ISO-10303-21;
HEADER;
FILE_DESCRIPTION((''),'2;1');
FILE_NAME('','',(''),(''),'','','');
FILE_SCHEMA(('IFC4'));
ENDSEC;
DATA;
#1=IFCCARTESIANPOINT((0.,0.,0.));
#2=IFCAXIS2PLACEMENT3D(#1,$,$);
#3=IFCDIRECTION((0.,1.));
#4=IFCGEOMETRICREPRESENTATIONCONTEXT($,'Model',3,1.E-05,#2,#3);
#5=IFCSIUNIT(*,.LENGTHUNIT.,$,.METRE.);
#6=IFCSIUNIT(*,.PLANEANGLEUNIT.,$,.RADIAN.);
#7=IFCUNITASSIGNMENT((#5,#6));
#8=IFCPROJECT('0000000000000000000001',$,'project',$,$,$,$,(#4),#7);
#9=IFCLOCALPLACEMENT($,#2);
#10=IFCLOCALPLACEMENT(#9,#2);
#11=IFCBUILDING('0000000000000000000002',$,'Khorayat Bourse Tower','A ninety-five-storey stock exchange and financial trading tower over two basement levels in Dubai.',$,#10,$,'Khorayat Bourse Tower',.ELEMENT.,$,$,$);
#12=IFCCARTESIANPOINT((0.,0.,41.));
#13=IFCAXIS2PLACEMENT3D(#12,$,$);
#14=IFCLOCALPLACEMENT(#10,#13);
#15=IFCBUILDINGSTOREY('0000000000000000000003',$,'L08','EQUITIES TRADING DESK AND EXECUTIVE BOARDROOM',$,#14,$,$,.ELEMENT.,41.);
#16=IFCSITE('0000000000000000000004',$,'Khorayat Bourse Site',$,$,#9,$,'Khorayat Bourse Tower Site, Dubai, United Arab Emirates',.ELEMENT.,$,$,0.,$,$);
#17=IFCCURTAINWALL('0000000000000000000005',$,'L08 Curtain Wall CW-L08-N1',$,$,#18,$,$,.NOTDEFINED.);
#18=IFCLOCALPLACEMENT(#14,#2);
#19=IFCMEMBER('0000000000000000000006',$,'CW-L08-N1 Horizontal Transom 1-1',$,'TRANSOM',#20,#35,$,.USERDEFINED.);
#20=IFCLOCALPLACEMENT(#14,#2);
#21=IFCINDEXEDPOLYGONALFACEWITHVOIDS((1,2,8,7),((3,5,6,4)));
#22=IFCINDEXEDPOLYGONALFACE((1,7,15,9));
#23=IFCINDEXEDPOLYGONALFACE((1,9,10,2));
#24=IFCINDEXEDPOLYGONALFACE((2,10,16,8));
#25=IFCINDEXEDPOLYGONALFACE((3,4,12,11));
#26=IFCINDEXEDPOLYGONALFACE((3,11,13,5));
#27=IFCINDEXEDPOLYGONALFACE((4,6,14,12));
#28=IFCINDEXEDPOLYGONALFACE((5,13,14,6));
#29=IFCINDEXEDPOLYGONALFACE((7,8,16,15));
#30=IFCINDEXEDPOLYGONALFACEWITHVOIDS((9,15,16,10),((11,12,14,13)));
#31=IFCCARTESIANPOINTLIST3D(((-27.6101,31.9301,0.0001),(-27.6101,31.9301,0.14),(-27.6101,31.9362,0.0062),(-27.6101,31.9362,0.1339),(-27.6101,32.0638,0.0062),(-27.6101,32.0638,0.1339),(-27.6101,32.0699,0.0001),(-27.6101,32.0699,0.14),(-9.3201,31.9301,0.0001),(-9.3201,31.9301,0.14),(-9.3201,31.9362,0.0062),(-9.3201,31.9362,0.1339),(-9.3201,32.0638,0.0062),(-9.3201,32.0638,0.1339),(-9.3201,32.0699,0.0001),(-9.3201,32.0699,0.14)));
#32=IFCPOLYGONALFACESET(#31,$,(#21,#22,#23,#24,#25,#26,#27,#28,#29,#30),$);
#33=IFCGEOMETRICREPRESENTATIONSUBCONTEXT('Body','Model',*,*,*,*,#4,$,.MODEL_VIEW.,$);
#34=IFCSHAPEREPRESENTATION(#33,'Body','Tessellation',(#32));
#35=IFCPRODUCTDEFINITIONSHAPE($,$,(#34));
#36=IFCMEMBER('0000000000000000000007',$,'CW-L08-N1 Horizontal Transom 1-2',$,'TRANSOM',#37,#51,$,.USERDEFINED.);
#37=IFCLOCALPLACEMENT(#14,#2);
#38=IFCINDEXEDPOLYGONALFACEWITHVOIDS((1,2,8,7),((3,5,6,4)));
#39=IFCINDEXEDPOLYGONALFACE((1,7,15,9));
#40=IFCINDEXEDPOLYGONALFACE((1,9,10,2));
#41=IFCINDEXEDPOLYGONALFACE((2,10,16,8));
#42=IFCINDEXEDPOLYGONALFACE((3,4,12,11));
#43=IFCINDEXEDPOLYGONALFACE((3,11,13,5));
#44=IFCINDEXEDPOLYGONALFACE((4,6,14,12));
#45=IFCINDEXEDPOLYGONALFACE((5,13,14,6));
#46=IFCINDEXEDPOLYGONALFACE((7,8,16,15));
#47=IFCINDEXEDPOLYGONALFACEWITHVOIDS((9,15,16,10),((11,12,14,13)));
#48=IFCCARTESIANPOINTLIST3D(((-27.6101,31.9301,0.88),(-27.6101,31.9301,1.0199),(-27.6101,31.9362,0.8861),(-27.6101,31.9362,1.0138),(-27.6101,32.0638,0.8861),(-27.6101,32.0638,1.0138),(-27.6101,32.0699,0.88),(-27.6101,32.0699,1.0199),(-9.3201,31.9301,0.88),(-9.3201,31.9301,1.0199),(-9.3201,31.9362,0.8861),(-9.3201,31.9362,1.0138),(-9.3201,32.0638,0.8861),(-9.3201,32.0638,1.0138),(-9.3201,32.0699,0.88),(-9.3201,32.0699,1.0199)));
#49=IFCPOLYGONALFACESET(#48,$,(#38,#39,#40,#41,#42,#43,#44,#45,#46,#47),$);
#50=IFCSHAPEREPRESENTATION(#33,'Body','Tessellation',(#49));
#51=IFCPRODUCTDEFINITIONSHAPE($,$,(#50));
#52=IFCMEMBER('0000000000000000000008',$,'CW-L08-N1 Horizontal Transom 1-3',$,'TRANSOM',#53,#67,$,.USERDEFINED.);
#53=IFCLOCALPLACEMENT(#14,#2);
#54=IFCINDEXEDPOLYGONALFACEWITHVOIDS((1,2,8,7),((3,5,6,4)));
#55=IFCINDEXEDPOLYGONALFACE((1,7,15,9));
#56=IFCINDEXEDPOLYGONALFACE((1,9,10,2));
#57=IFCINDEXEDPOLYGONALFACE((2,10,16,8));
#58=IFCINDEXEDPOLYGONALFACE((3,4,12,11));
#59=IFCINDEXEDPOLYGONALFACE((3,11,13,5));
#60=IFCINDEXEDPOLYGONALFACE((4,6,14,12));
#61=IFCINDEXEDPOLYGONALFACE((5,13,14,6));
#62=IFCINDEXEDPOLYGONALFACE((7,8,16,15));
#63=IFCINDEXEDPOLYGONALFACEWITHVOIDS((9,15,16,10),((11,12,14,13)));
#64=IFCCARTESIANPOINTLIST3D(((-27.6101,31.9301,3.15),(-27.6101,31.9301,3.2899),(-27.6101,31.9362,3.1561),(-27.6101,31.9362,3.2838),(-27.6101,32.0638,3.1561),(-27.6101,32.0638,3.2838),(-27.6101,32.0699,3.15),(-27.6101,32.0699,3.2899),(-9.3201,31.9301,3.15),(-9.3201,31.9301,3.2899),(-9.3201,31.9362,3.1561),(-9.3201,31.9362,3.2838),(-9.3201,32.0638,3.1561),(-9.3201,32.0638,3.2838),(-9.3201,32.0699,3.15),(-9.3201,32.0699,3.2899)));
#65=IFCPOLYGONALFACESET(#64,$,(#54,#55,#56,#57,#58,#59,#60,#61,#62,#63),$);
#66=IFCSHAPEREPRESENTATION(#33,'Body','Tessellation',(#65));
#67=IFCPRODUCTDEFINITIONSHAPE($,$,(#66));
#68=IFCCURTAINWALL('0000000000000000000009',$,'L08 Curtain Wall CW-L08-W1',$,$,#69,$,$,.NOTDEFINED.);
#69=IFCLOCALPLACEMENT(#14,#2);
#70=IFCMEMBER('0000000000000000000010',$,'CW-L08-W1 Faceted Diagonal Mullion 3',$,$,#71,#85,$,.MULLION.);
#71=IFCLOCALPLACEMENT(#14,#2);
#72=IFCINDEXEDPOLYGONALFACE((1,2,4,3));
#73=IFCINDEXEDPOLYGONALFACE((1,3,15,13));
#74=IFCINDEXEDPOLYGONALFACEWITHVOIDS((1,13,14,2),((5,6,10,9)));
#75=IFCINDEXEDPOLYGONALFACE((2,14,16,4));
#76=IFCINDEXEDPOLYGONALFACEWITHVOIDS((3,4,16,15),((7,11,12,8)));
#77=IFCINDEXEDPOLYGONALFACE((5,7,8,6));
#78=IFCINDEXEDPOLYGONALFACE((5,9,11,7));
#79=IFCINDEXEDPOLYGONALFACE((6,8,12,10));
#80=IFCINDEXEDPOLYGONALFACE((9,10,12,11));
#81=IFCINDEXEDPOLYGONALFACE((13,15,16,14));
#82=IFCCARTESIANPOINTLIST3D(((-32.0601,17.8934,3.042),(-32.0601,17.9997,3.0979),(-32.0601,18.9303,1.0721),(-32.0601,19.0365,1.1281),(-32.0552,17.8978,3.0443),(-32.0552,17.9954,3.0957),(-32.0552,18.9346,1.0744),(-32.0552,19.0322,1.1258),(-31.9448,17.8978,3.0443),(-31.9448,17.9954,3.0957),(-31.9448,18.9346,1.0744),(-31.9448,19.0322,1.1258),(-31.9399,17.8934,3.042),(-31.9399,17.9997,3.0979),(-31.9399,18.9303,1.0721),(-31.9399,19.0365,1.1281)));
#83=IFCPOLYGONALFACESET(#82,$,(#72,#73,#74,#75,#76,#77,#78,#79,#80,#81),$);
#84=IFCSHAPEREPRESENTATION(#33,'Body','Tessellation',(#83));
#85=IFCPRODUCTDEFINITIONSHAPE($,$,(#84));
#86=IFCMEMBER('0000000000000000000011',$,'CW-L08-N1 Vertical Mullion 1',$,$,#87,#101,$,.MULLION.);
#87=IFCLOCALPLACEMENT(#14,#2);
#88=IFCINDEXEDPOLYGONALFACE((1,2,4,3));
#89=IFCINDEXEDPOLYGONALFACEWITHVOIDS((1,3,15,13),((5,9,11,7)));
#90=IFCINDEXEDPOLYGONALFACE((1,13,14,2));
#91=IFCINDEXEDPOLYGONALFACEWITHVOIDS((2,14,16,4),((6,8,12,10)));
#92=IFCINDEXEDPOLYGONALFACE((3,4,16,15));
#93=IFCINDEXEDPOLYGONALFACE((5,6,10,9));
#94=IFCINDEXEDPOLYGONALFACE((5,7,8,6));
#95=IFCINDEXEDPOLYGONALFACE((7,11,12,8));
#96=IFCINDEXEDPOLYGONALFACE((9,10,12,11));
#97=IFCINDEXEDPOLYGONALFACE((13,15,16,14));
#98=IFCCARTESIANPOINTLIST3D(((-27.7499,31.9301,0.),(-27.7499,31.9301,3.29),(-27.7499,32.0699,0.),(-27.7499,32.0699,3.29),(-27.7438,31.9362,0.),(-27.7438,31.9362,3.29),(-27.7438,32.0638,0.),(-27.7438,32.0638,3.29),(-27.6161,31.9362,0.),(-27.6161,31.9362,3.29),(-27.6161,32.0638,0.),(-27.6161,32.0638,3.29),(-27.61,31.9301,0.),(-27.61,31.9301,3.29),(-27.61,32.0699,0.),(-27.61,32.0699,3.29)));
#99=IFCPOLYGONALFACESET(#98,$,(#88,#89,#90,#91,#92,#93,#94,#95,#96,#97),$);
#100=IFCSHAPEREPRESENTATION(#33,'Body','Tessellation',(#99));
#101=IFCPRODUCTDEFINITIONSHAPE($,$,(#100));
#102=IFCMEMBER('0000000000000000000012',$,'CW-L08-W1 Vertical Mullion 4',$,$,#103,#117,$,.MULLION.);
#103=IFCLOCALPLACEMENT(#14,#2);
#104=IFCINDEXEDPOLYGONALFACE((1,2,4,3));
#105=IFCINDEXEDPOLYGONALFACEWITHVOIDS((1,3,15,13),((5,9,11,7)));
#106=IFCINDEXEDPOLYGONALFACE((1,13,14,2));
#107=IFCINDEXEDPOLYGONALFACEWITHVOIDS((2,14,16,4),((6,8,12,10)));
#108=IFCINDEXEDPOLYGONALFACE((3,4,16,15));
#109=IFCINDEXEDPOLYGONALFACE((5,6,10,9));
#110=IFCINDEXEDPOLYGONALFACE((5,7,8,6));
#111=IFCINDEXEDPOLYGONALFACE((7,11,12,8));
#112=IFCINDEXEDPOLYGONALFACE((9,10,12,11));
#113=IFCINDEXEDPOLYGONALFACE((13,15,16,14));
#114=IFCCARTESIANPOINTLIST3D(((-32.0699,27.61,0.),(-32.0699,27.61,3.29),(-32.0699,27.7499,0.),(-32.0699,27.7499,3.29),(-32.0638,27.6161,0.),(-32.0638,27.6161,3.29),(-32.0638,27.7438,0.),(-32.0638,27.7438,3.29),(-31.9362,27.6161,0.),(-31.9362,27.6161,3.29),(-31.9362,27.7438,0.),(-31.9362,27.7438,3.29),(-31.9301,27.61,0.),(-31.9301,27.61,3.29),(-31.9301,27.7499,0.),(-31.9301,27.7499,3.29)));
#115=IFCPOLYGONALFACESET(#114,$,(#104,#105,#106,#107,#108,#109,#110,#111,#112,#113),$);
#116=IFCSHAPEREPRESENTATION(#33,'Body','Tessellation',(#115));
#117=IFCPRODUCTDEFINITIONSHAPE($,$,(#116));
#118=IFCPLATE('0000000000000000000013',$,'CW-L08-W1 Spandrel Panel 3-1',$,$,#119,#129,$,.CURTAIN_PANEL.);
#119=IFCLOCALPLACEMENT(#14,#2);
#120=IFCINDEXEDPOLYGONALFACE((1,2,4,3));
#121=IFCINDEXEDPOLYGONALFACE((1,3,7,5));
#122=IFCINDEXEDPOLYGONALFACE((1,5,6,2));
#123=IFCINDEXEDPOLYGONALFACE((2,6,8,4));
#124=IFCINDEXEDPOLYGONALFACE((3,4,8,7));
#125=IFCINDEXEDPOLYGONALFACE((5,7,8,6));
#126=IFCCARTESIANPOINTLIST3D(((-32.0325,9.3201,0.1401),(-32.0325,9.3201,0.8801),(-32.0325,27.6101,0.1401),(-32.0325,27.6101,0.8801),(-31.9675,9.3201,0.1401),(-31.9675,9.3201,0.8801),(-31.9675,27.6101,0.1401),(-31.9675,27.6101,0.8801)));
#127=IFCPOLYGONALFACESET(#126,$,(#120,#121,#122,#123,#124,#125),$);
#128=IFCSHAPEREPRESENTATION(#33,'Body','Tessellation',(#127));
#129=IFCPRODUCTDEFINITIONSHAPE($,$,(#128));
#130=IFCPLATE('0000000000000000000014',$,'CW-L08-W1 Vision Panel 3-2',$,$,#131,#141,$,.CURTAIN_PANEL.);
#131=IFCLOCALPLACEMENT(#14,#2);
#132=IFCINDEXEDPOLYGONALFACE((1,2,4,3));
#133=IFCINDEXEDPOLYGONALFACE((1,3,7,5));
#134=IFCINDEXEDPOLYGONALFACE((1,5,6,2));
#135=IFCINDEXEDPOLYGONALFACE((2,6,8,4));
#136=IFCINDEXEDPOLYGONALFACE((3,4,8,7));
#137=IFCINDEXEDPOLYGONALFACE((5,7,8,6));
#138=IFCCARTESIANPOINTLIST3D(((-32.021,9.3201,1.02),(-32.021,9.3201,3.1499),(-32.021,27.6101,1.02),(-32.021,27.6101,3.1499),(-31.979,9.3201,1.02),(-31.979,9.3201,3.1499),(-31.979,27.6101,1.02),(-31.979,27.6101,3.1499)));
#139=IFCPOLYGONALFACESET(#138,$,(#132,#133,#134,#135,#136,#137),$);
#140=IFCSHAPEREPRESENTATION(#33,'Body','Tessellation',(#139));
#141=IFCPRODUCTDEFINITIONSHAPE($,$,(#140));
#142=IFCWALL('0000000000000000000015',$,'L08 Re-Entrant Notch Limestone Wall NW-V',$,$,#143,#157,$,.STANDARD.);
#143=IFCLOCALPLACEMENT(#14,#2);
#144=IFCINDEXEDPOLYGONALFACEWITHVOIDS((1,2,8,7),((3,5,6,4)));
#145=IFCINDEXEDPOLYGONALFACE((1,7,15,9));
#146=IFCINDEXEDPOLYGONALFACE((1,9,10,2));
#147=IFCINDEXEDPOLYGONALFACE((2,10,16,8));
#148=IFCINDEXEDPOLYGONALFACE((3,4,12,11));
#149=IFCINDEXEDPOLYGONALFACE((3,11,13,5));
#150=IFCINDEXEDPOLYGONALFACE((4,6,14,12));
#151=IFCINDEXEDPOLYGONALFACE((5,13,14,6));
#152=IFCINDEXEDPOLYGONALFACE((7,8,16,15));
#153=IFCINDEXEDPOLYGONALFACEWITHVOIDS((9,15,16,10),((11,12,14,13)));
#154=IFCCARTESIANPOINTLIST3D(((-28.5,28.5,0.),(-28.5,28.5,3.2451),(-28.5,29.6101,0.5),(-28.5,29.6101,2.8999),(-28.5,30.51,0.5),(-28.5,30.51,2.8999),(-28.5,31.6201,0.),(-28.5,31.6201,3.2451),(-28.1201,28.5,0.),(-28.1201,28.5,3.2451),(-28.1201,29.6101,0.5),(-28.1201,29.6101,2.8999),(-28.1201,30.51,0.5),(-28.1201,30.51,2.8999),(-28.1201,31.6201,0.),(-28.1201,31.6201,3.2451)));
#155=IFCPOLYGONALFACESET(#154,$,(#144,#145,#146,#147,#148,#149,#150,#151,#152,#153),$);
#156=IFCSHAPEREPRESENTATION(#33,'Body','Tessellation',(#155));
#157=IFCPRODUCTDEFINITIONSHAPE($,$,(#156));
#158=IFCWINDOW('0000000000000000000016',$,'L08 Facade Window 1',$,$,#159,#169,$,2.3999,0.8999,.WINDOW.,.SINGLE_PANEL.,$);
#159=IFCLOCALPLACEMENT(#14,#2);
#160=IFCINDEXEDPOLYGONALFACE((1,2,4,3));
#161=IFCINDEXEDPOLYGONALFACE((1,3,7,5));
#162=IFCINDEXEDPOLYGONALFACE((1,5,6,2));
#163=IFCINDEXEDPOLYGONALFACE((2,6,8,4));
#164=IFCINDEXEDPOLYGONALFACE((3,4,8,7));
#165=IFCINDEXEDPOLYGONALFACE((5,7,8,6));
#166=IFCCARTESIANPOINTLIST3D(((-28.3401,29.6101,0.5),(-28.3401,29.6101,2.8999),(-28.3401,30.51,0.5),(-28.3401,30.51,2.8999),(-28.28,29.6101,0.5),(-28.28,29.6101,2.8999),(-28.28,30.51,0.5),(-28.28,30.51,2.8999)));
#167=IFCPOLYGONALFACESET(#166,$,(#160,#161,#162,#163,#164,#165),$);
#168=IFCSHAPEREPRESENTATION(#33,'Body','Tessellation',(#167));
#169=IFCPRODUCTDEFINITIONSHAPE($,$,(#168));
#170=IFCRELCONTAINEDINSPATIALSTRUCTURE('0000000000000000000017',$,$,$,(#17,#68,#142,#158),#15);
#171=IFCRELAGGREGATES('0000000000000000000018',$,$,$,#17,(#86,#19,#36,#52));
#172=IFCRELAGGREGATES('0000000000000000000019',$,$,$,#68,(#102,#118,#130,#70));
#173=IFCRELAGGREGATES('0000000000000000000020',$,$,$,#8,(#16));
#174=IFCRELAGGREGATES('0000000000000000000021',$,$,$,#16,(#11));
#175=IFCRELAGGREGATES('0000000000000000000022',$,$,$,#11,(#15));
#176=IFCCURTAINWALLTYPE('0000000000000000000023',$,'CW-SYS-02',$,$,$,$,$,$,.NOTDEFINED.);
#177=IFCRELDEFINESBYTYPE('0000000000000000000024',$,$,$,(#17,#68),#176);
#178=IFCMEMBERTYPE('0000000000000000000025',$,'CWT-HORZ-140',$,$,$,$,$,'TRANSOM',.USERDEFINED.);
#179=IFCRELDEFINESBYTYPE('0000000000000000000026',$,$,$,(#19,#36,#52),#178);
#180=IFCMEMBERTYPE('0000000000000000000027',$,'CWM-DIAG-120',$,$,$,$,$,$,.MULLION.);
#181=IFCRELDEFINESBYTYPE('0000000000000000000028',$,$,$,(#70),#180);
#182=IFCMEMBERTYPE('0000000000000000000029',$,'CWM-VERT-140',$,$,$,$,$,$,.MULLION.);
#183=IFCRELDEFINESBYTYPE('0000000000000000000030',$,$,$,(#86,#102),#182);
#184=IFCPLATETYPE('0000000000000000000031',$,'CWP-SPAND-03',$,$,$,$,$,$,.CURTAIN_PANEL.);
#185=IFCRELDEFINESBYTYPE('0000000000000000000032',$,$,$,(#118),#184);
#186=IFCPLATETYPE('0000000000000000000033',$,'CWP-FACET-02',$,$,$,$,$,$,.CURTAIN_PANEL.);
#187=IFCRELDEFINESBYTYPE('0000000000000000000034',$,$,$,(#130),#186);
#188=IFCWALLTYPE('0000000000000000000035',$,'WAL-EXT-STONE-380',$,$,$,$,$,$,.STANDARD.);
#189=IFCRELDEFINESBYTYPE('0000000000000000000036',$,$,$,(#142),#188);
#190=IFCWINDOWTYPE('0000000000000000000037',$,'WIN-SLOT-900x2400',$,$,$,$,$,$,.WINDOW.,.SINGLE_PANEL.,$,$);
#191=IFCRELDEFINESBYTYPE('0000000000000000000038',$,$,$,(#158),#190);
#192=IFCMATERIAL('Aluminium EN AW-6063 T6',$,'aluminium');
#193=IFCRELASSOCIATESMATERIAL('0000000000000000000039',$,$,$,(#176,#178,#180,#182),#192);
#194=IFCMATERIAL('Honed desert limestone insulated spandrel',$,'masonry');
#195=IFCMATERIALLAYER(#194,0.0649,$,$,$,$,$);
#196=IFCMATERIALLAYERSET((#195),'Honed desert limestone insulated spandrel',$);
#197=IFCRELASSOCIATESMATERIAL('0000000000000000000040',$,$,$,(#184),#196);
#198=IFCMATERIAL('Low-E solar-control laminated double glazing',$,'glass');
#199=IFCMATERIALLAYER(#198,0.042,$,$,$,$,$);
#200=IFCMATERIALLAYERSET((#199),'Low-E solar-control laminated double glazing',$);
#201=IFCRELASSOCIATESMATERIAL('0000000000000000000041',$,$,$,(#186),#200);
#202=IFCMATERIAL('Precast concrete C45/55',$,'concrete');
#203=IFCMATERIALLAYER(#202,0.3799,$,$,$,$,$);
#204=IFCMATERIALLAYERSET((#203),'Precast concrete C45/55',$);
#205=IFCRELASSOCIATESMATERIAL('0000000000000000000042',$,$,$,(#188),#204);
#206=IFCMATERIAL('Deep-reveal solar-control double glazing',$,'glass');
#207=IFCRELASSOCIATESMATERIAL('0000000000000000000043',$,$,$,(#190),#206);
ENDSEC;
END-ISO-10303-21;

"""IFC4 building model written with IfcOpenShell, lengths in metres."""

from ifc_helpers import new_model, si_unit, direction, frame, frame_2d, origin, origin_2d, place, context, subcontext, project, spatial, rectangle, hollow_rectangle, extrude, source, transform, mapped, material, layer, layer_set, material_profile, profile_set, type_object, element, fill, aggregate, save


model = new_model("IFC4")

# Units and contexts
model_context = context("Model", 3, precision=1e-05, world=origin(), true_north=direction((0.0, 1.0)))
body_context = subcontext(model_context, "Body", "Model", "MODEL_VIEW")
ifc_project = project(units=[si_unit("LENGTHUNIT", "METRE"), si_unit("PLANEANGLEUNIT", "RADIAN")], contexts=[model_context])

# Site, building, storey
site_placement = place(None, origin())
site = spatial("IfcSite", under=ifc_project, at=site_placement, Name="Khorayat Bourse Site", LongName="Khorayat Bourse Tower Site, Dubai, United Arab Emirates", CompositionType="ELEMENT", RefElevation=0.0)
building_placement = place(site_placement, origin())
building = spatial("IfcBuilding", under=site, at=building_placement, Name="Khorayat Bourse Tower", Description="A ninety-five-storey stock exchange and financial trading tower over two basement levels in Dubai.", LongName="Khorayat Bourse Tower", CompositionType="ELEMENT")
storey_placement = place(building_placement, frame((0.0, 0.0, 41.0)))
storey = spatial("IfcBuildingStorey", under=building, at=storey_placement, Name="L08", Description="EQUITIES TRADING DESK AND EXECUTIVE BOARDROOM", CompositionType="ELEMENT", Elevation=41.0)

# Curtain wall, members
ifc_material_1 = material(Name="Aluminium EN AW-6063 T6", Category="aluminium")
curtain_wall_type = type_object("IfcCurtainWallType", Name="CW-SYS-02", PredefinedType="NOTDEFINED", material=ifc_material_1)
curtain_wall_1_placement = place(storey_placement, origin())
curtain_wall_1 = element("IfcCurtainWall", 1, at=curtain_wall_1_placement, inside=storey, type_object=curtain_wall_type, Name="L08 Curtain Wall CW-L08-N1", PredefinedType="NOTDEFINED")
ifc_material_profile_1 = material_profile(ifc_material_1, hollow_rectangle(XDim=0.1399, YDim=0.1399, WallThickness=0.0061, at=origin_2d()), Name="ALU 140x140x6")
ifc_profile_set_1 = profile_set([ifc_material_profile_1], Name="Aluminium EN AW-6063 T6")
member_type_1 = type_object("IfcMemberType", Name="CWT-HORZ-140", ElementType="TRANSOM", PredefinedType="USERDEFINED", material=ifc_profile_set_1)
shared_shape_1 = source(origin(), body_context, "Body", "SweptSolid", [
    extrude(hollow_rectangle(XDim=0.1399, YDim=0.1399, WallThickness=0.0061, at=origin_2d()), origin(), (0.0, 0.0, 1.0), 18.29),
])
member_1_placement = place(storey_placement, frame((-27.6101, 32.0, 0.0701), z_axis=(1.0, 0.0, 0.0), x_axis=(0.0, 1.0, 0.0)))
member_1 = element("IfcMember", 2, at=member_1_placement, type_object=member_type_1, Name="CW-L08-N1 Horizontal Transom 1-1", ObjectType="TRANSOM", PredefinedType="USERDEFINED", context=body_context, shape_type="MappedRepresentation", body=[
    mapped(shared_shape_1, transform((0.0, 0.0, 0.0), scale=1.0)),
])
member_2_placement = place(storey_placement, frame((-27.6101, 32.0, 0.95), z_axis=(1.0, 0.0, 0.0), x_axis=(0.0, 1.0, 0.0)))
member_2 = element("IfcMember", 3, at=member_2_placement, type_object=member_type_1, Name="CW-L08-N1 Horizontal Transom 1-2", ObjectType="TRANSOM", PredefinedType="USERDEFINED", context=body_context, shape_type="MappedRepresentation", body=[
    mapped(shared_shape_1, transform((0.0, 0.0, 0.0), scale=1.0)),
])
member_3_placement = place(storey_placement, frame((-27.6101, 32.0, 3.22), z_axis=(1.0, 0.0, 0.0), x_axis=(0.0, 1.0, 0.0)))
member_3 = element("IfcMember", 4, at=member_3_placement, type_object=member_type_1, Name="CW-L08-N1 Horizontal Transom 1-3", ObjectType="TRANSOM", PredefinedType="USERDEFINED", context=body_context, shape_type="MappedRepresentation", body=[
    mapped(shared_shape_1, transform((0.0, 0.0, 0.0), scale=1.0)),
])

# Curtain wall, member
curtain_wall_2_placement = place(storey_placement, origin())
curtain_wall_2 = element("IfcCurtainWall", 5, at=curtain_wall_2_placement, inside=storey, type_object=curtain_wall_type, Name="L08 Curtain Wall CW-L08-W1", PredefinedType="NOTDEFINED")
ifc_material_profile_2 = material_profile(ifc_material_1, hollow_rectangle(XDim=0.1201, YDim=0.1201, WallThickness=0.0049, at=origin_2d()), Name="ALU 120x120x5")
ifc_profile_set_2 = profile_set([ifc_material_profile_2], Name="Aluminium EN AW-6063 T6")
member_type_2 = type_object("IfcMemberType", Name="CWM-DIAG-120", PredefinedType="MULLION", material=ifc_profile_set_2)
shared_shape_2 = source(origin(), body_context, "Body", "SweptSolid", [
    extrude(hollow_rectangle(XDim=0.1201, YDim=0.1201, WallThickness=0.0049, at=origin_2d()), origin(), (0.0, 0.0, 1.0), 2.2261),
])
member_4_placement = place(storey_placement, frame((-32.0, 18.9834, 1.1001), z_axis=(0.0, -0.46576, 0.884911), x_axis=(1.0, 0.0, 0.0)))
member_4 = element("IfcMember", 6, at=member_4_placement, type_object=member_type_2, Name="CW-L08-W1 Faceted Diagonal Mullion 3", PredefinedType="MULLION", context=body_context, shape_type="MappedRepresentation", body=[
    mapped(shared_shape_2, transform((0.0, 0.0, 0.0), scale=1.0)),
])

# Members
ifc_material_profile_3 = material_profile(ifc_material_1, hollow_rectangle(XDim=0.1399, YDim=0.1399, WallThickness=0.0061, at=origin_2d()), Name="ALU 140x140x6")
ifc_profile_set_3 = profile_set([ifc_material_profile_3], Name="Aluminium EN AW-6063 T6")
member_type_3 = type_object("IfcMemberType", Name="CWM-VERT-140", PredefinedType="MULLION", material=ifc_profile_set_3)
shared_shape_3 = source(origin(), body_context, "Body", "SweptSolid", [
    extrude(hollow_rectangle(XDim=0.1399, YDim=0.1399, WallThickness=0.0061, at=origin_2d()), origin(), (0.0, 0.0, 1.0), 3.29),
])
member_5_placement = place(storey_placement, frame((-27.6799, 32.0, 0.0), z_axis=(0.0, 0.0, 1.0), x_axis=(0.0, 1.0, 0.0)))
member_5 = element("IfcMember", 7, at=member_5_placement, type_object=member_type_3, Name="CW-L08-N1 Vertical Mullion 1", PredefinedType="MULLION", context=body_context, shape_type="MappedRepresentation", body=[
    mapped(shared_shape_3, transform((0.0, 0.0, 0.0), scale=1.0)),
])
aggregate(curtain_wall_1, [member_5, member_1, member_2, member_3])
member_6_placement = place(storey_placement, frame((-32.0, 27.6799, 0.0), z_axis=(0.0, 0.0, 1.0), x_axis=(-1.0, 0.0, 0.0)))
member_6 = element("IfcMember", 8, at=member_6_placement, type_object=member_type_3, Name="CW-L08-W1 Vertical Mullion 4", PredefinedType="MULLION", context=body_context, shape_type="MappedRepresentation", body=[
    mapped(shared_shape_3, transform((0.0, 0.0, 0.0), scale=1.0)),
])

# Plates
ifc_material_2 = material(Name="Honed desert limestone insulated spandrel", Category="masonry")
ifc_layer_1 = layer(ifc_material_2, 0.0649)
ifc_layer_set_1 = layer_set([ifc_layer_1], Name="Honed desert limestone insulated spandrel")
plate_type_1 = type_object("IfcPlateType", Name="CWP-SPAND-03", PredefinedType="CURTAIN_PANEL", material=ifc_layer_set_1)
shared_shape_4 = source(origin(), body_context, "Body", "SweptSolid", [
    extrude(rectangle(XDim=18.29, YDim=0.0649, at=origin_2d()), origin(), (0.0, 0.0, 1.0), 0.74),
])
plate_1_placement = place(storey_placement, frame((-32.0, 18.4651, 0.1401), z_axis=(0.0, 0.0, 1.0), x_axis=(0.0, 1.0, 0.0)))
plate_1 = element("IfcPlate", 9, at=plate_1_placement, type_object=plate_type_1, Name="CW-L08-W1 Spandrel Panel 3-1", PredefinedType="CURTAIN_PANEL", context=body_context, shape_type="MappedRepresentation", body=[
    mapped(shared_shape_4, transform((0.0, 0.0, 0.0), scale=1.0)),
])
ifc_material_3 = material(Name="Low-E solar-control laminated double glazing", Category="glass")
ifc_layer_2 = layer(ifc_material_3, 0.042)
ifc_layer_set_2 = layer_set([ifc_layer_2], Name="Low-E solar-control laminated double glazing")
plate_type_2 = type_object("IfcPlateType", Name="CWP-FACET-02", PredefinedType="CURTAIN_PANEL", material=ifc_layer_set_2)
shared_shape_5 = source(origin(), body_context, "Body", "SweptSolid", [
    extrude(rectangle(XDim=18.29, YDim=0.042, at=origin_2d()), origin(), (0.0, 0.0, 1.0), 2.1299),
])
plate_2_placement = place(storey_placement, frame((-32.0, 18.4651, 1.02), z_axis=(0.0, 0.0, 1.0), x_axis=(0.0, 1.0, 0.0)))
plate_2 = element("IfcPlate", 10, at=plate_2_placement, type_object=plate_type_2, Name="CW-L08-W1 Vision Panel 3-2", PredefinedType="CURTAIN_PANEL", context=body_context, shape_type="MappedRepresentation", body=[
    mapped(shared_shape_5, transform((0.0, 0.0, 0.0), scale=1.0)),
])
aggregate(curtain_wall_2, [member_6, plate_1, plate_2, member_4])

# Wall, opening, window
ifc_material_4 = material(Name="Precast concrete C45/55", Category="concrete")
ifc_layer_3 = layer(ifc_material_4, 0.3799)
ifc_layer_set_3 = layer_set([ifc_layer_3], Name="Precast concrete C45/55")
wall_type_1 = type_object("IfcWallType", Name="WAL-EXT-STONE-380", PredefinedType="STANDARD", material=ifc_layer_set_3)
shared_shape_6 = source(origin(), body_context, "Body", "SweptSolid", [
    extrude(rectangle(XDim=3.1201, YDim=0.3799, at=frame_2d((1.5601, 0.0))), origin(), (0.0, 0.0, 1.0), 3.2451),
])
wall_1_placement = place(storey_placement, frame((-28.3101, 28.5, 0.0), z_axis=(0.0, 0.0, 1.0), x_axis=(0.0, 1.0, 0.0)))
wall_1 = element("IfcWall", 11, at=wall_1_placement, inside=storey, type_object=wall_type_1, Name="L08 Re-Entrant Notch Limestone Wall NW-V", PredefinedType="STANDARD", context=body_context, shape_type="MappedRepresentation", body=[
    mapped(shared_shape_6, transform((0.0, 0.0, 0.0), scale=1.0)),
])
shared_shape_7 = source(origin(), body_context, "Body", "SweptSolid", [
    extrude(rectangle(XDim=0.8999, YDim=2.3999, at=frame_2d((0.45, 1.2))), frame((0.0, 0.2, 0.0), z_axis=(0.0, -1.0, 0.0), x_axis=(1.0, 0.0, 0.0)), (0.0, 0.0, 1.0), 0.3999),
])
opening_1_placement = place(wall_1_placement, frame((1.1101, 0.0, 0.5)))
opening_1 = element("IfcOpeningElement", 12, at=opening_1_placement, cuts=wall_1, PredefinedType="OPENING", context=body_context, shape_type="MappedRepresentation", body=[
    mapped(shared_shape_7, transform((0.0, 0.0, 0.0), scale=1.0)),
])
ifc_material_5 = material(Name="Deep-reveal solar-control double glazing", Category="glass")
window_type = type_object("IfcWindowType", Name="WIN-SLOT-900x2400", PartitioningType="SINGLE_PANEL", PredefinedType="WINDOW", material=ifc_material_5)
shared_shape_8 = source(origin(), body_context, "Body", "SweptSolid", [
    extrude(rectangle(XDim=0.8999, YDim=2.3999, at=frame_2d((0.45, 1.2))), frame((0.0, 0.03, 0.0), z_axis=(0.0, -1.0, 0.0), x_axis=(1.0, 0.0, 0.0)), (0.0, 0.0, 1.0), 0.0601),
])
window_1_placement = place(opening_1_placement, origin())
window_1 = element("IfcWindow", 13, at=window_1_placement, inside=storey, type_object=window_type, Name="L08 Facade Window 1", OverallHeight=2.3999, OverallWidth=0.8999, PartitioningType="SINGLE_PANEL", PredefinedType="WINDOW", context=body_context, shape_type="MappedRepresentation", body=[
    mapped(shared_shape_8, transform((0.0, 0.0, 0.0), scale=1.0)),
])
fill(opening_1, window_1)

save(model, "model.ifc")
